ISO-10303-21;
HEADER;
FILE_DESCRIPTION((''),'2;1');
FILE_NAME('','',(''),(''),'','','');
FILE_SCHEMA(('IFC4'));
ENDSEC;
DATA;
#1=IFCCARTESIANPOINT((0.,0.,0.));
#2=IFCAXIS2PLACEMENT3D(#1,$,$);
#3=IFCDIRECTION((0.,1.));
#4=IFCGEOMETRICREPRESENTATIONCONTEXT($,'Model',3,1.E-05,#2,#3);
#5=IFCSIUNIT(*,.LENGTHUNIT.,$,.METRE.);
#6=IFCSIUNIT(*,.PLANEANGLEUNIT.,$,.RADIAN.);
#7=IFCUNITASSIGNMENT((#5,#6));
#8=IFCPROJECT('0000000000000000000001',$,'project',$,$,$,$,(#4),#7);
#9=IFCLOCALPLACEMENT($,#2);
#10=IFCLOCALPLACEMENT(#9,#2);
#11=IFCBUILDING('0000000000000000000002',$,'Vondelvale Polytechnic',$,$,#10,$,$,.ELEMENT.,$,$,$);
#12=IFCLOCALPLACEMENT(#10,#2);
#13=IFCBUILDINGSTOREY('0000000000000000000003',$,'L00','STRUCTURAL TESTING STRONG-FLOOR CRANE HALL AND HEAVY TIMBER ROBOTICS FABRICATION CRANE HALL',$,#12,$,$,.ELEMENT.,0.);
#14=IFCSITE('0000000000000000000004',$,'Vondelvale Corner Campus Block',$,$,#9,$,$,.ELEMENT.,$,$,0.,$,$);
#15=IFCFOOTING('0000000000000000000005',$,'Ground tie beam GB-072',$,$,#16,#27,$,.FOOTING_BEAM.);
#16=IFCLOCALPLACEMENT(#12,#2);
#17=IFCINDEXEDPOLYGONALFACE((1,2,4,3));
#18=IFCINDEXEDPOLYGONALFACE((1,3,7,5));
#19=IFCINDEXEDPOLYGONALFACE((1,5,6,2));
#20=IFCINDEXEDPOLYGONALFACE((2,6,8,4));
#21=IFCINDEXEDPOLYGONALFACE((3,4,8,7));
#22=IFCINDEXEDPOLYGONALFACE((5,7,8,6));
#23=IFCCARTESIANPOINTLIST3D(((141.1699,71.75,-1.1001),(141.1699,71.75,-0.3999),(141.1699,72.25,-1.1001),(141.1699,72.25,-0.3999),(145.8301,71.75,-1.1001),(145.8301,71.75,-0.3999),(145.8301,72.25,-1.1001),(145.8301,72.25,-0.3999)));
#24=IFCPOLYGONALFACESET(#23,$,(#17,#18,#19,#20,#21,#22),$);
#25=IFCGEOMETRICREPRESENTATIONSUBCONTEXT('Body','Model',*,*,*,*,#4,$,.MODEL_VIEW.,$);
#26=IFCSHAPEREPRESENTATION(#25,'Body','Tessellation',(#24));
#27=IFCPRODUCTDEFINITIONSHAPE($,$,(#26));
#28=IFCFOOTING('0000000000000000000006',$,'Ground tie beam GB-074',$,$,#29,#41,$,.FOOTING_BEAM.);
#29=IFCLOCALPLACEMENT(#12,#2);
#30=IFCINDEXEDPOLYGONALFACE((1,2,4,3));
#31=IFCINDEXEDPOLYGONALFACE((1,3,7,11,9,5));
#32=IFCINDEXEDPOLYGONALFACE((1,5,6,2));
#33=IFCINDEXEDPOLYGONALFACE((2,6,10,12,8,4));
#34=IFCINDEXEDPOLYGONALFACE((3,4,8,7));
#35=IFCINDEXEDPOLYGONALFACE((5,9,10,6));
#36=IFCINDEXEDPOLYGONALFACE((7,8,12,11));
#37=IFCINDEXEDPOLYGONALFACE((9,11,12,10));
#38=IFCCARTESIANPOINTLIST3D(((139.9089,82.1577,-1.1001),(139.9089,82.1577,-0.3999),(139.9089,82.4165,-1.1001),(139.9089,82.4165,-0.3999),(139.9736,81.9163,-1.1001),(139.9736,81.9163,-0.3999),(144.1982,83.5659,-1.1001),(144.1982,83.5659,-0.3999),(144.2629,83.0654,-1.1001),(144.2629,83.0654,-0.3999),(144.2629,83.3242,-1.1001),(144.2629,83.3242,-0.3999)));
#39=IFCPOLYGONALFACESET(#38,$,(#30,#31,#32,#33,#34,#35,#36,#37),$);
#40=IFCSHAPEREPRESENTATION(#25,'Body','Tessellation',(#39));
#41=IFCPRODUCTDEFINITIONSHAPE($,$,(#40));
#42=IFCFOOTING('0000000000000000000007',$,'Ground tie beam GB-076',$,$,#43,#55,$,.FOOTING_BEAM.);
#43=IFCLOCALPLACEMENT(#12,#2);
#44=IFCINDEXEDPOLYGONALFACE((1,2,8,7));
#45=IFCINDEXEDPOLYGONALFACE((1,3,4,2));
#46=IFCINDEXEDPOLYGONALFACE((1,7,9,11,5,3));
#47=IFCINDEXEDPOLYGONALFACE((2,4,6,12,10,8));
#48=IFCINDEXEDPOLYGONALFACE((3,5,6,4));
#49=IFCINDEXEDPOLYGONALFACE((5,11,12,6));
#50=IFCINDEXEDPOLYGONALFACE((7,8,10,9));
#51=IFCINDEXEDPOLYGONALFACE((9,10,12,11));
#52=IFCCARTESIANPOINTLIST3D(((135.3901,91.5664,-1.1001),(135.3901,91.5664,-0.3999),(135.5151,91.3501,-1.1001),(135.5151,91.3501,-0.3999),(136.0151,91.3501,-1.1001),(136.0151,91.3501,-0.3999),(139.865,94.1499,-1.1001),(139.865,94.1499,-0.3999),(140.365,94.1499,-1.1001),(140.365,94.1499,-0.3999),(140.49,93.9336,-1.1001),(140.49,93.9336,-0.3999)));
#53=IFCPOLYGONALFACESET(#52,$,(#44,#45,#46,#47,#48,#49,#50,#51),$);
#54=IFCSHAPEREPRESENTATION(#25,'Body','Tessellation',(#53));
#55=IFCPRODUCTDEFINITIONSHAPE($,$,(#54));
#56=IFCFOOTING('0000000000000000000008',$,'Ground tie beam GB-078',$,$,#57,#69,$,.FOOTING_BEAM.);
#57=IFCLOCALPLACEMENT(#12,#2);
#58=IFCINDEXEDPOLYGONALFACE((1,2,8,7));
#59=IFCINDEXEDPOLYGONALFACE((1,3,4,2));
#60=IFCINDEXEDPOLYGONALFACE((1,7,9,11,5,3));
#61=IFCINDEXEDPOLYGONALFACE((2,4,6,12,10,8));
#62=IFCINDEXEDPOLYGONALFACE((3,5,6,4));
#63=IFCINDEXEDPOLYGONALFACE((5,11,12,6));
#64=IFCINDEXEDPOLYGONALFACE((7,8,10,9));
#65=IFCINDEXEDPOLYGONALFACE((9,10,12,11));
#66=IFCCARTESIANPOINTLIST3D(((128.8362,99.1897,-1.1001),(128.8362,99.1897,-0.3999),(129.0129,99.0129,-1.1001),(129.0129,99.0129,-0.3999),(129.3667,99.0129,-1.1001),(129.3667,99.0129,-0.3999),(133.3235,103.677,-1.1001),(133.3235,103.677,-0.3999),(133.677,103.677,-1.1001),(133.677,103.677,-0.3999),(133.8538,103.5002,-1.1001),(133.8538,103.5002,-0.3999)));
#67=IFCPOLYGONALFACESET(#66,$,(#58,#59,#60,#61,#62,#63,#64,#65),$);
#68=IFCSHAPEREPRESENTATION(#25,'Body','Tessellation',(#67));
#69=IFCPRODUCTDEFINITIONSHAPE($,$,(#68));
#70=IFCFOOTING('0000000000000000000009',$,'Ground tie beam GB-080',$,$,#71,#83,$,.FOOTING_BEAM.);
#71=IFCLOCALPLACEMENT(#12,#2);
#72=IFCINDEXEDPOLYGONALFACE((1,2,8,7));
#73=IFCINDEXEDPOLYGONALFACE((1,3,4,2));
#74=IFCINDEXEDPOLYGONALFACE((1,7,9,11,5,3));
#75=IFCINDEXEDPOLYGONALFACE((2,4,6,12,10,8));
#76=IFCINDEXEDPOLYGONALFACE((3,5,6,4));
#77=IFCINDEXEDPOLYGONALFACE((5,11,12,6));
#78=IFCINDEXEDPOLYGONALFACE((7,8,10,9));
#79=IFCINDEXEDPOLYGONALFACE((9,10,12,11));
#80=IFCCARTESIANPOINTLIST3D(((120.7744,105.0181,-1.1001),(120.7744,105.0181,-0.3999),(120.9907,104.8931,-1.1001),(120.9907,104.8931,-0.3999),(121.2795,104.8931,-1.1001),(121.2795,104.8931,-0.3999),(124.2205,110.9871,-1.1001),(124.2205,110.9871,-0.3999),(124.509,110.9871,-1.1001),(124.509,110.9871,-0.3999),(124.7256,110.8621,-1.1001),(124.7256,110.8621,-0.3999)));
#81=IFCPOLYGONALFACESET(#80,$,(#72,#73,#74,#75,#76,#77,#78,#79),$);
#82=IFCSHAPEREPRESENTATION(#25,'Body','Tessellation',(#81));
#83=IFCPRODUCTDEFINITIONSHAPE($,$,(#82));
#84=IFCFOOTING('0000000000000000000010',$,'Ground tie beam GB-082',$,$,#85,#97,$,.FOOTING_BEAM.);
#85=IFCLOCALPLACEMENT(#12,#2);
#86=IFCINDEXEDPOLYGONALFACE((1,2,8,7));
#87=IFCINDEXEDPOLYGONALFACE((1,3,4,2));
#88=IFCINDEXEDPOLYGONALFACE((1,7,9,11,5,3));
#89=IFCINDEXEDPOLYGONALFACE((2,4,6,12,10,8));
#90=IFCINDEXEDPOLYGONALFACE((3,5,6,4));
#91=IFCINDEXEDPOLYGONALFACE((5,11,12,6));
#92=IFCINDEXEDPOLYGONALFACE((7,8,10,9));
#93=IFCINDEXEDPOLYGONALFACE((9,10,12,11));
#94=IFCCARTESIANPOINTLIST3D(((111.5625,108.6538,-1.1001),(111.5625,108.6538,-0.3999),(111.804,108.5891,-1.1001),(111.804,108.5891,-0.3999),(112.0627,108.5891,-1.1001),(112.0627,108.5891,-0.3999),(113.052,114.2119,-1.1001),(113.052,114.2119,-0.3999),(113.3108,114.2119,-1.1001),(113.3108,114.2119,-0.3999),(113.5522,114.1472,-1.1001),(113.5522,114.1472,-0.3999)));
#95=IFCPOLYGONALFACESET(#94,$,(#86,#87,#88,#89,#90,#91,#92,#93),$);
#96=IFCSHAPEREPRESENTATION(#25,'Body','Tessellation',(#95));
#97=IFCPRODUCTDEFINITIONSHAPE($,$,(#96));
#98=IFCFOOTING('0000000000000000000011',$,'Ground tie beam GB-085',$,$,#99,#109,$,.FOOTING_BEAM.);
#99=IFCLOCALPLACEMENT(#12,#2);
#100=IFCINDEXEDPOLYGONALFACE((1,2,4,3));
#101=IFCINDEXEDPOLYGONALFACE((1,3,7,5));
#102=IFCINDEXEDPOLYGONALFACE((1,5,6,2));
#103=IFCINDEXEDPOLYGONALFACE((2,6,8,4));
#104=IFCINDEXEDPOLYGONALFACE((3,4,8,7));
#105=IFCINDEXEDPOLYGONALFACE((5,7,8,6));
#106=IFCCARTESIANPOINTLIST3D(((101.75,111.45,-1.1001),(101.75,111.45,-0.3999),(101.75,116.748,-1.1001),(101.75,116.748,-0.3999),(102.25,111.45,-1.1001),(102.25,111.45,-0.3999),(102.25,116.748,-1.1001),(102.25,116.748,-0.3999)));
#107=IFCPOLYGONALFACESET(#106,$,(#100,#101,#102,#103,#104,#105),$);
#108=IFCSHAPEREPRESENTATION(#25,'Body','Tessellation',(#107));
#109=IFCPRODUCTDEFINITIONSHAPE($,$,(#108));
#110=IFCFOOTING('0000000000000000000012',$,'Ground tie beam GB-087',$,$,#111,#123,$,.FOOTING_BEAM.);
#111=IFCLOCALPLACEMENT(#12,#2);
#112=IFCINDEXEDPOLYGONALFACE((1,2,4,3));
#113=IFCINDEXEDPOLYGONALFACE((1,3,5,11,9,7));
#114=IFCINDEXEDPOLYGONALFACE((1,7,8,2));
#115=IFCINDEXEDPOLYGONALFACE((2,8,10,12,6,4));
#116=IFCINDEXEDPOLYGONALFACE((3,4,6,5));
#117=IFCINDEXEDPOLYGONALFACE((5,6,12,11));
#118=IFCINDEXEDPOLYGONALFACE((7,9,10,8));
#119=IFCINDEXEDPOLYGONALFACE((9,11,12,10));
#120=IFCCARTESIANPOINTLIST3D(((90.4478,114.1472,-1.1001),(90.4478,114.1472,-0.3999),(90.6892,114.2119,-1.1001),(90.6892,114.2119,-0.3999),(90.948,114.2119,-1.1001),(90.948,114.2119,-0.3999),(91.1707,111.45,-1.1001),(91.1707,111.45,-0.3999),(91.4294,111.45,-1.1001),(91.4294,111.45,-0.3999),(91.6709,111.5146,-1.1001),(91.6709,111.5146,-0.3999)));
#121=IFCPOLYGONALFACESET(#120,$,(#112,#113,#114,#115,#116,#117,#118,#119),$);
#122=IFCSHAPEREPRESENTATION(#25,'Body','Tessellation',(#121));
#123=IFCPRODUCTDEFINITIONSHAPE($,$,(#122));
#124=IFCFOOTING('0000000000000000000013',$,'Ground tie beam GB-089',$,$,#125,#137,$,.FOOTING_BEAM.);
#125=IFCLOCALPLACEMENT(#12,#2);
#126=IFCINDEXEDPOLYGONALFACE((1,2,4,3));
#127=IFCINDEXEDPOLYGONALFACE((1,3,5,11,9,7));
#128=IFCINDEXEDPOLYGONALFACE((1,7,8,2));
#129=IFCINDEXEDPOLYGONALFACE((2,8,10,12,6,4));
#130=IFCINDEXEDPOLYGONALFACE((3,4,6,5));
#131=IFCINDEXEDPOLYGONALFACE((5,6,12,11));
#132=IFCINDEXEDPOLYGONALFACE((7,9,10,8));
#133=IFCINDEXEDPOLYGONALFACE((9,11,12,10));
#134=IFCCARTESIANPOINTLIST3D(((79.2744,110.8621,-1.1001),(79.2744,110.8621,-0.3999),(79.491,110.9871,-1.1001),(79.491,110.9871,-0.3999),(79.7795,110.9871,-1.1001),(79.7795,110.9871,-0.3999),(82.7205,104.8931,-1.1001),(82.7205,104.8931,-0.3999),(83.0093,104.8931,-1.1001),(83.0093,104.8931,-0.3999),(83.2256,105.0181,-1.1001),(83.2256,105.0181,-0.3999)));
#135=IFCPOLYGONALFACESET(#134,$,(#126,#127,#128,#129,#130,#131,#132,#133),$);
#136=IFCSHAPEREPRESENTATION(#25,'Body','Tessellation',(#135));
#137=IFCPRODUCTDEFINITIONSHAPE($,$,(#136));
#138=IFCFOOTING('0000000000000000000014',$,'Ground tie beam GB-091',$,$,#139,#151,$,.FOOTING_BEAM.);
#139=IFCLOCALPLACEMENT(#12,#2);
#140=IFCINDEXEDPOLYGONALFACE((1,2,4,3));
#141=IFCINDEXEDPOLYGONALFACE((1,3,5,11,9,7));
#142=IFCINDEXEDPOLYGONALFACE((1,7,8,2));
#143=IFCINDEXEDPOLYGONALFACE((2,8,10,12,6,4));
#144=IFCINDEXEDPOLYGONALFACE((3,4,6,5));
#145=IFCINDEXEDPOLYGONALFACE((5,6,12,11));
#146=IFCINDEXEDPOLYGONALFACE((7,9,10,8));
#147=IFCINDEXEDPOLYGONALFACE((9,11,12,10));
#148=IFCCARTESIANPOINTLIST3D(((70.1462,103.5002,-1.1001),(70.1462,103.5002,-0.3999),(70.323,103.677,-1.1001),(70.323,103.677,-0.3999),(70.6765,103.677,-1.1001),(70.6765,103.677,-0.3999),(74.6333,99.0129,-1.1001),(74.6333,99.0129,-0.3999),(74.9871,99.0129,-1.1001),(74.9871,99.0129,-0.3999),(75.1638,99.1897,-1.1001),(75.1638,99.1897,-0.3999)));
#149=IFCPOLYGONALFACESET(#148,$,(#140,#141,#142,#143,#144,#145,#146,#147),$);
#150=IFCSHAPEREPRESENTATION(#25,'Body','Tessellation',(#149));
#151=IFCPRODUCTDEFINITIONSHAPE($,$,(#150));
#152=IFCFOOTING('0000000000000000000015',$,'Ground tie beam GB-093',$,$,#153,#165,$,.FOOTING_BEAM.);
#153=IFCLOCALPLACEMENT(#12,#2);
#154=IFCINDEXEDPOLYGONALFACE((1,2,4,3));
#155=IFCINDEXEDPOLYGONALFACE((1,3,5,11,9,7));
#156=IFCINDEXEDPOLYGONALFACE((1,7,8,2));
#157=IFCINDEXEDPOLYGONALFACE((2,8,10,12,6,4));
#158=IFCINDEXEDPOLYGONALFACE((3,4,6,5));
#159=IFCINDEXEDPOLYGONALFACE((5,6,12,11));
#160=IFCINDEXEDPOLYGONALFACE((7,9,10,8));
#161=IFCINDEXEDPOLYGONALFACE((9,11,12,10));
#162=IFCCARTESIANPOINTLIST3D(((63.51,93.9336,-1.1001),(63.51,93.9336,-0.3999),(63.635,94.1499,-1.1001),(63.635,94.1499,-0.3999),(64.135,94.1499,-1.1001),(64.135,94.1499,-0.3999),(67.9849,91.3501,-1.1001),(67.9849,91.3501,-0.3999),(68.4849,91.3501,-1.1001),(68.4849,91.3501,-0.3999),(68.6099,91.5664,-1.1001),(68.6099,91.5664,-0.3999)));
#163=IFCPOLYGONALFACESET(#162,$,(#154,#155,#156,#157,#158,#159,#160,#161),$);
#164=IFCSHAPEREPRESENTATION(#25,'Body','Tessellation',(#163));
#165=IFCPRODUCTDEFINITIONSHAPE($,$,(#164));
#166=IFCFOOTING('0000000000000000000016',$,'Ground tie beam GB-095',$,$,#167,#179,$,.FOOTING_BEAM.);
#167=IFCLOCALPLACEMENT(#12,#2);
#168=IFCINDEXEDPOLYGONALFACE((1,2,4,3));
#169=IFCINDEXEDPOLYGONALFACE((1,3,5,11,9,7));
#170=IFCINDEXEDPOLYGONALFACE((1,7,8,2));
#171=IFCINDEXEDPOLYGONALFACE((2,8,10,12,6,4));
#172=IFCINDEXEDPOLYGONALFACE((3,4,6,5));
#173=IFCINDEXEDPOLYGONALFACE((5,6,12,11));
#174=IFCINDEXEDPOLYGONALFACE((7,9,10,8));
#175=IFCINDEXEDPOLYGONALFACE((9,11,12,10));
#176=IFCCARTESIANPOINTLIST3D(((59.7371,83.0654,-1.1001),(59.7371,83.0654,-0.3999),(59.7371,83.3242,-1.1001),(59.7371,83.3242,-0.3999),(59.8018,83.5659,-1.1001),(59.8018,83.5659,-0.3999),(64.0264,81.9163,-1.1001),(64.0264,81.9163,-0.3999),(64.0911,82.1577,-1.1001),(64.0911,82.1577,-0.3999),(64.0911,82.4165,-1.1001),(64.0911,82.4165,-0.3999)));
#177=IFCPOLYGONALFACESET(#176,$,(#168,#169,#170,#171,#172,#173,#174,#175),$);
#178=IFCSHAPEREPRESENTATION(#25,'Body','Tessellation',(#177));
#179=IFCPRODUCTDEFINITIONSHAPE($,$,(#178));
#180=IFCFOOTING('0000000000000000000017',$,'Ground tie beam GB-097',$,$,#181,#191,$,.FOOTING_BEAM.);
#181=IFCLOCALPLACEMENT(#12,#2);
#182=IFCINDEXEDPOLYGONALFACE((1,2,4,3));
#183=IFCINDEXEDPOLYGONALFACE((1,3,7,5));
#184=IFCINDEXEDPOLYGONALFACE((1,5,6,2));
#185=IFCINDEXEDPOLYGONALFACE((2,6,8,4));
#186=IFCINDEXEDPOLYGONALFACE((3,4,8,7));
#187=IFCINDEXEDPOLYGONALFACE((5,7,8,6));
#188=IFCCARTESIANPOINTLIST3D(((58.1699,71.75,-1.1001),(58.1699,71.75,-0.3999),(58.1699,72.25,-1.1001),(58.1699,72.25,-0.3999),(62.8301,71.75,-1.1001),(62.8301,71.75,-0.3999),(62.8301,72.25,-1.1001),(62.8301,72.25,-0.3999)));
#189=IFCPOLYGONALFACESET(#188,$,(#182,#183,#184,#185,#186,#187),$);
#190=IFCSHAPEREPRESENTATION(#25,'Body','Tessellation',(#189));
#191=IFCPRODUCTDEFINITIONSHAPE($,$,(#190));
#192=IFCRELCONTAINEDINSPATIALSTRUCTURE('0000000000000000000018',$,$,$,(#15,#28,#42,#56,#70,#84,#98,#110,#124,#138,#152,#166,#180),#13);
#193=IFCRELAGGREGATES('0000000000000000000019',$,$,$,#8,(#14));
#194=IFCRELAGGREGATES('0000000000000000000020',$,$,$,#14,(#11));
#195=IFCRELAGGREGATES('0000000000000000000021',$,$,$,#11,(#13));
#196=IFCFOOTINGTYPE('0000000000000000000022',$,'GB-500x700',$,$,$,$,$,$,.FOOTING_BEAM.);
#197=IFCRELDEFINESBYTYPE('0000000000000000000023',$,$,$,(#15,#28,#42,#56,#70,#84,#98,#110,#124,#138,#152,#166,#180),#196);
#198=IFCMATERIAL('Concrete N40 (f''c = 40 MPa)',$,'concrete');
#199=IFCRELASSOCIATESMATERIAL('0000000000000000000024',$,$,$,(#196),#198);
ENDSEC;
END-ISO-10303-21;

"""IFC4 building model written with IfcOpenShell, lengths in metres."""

from ifc_helpers import new_model, si_unit, direction, frame, origin, place, context, subcontext, project, spatial, polyline, outline, extrude, material, type_object, element, save


model = new_model("IFC4")

# Units and contexts
model_context = context("Model", 3, precision=1e-05, world=origin(), true_north=direction((0.0, 1.0)))
body_context = subcontext(model_context, "Body", "Model", "MODEL_VIEW")
ifc_project = project(units=[si_unit("LENGTHUNIT", "METRE"), si_unit("PLANEANGLEUNIT", "RADIAN")], contexts=[model_context])

# Site, building, storey
site_placement = place(None, origin())
site = spatial("IfcSite", under=ifc_project, at=site_placement, Name="Vondelvale Corner Campus Block", CompositionType="ELEMENT", RefElevation=0.0)
building_placement = place(site_placement, origin())
building = spatial("IfcBuilding", under=site, at=building_placement, Name="Vondelvale Polytechnic", CompositionType="ELEMENT")
storey_placement = place(building_placement, origin())
storey = spatial("IfcBuildingStorey", under=building, at=storey_placement, Name="L00", Description="STRUCTURAL TESTING STRONG-FLOOR CRANE HALL AND HEAVY TIMBER ROBOTICS FABRICATION CRANE HALL", CompositionType="ELEMENT", Elevation=0.0)

# Footings
ifc_material = material(Name="Concrete N40 (f'c = 40 MPa)", Category="concrete")
footing_type = type_object("IfcFootingType", Name="GB-500x700", PredefinedType="FOOTING_BEAM", material=ifc_material)
footing_1_placement = place(storey_placement, frame((0.0, 0.0, -1.1001)))
element("IfcFooting", 1, at=footing_1_placement, inside=storey, type_object=footing_type, Name="Ground tie beam GB-072", PredefinedType="FOOTING_BEAM", context=body_context, shape_type="SweptSolid", body=[
    extrude(outline(polyline([(141.1699, 71.75), (141.1699, 72.25), (145.8301, 72.25), (145.8301, 71.75), (141.1699, 71.75)])), origin(), (0.0, 0.0, 1.0), 0.7002),
])
footing_2_placement = place(storey_placement, frame((0.0, 0.0, -1.1001)))
element("IfcFooting", 2, at=footing_2_placement, inside=storey, type_object=footing_type, Name="Ground tie beam GB-074", PredefinedType="FOOTING_BEAM", context=body_context, shape_type="SweptSolid", body=[
    extrude(outline(polyline([(139.9736, 81.9163), (139.9089, 82.1577), (139.9089, 82.4165), (144.1982, 83.5659), (144.2629, 83.3242), (144.2629, 83.0654), (139.9736, 81.9163)])), origin(), (0.0, 0.0, 1.0), 0.7002),
])
footing_3_placement = place(storey_placement, frame((0.0, 0.0, -1.1001)))
element("IfcFooting", 3, at=footing_3_placement, inside=storey, type_object=footing_type, Name="Ground tie beam GB-076", PredefinedType="FOOTING_BEAM", context=body_context, shape_type="SweptSolid", body=[
    extrude(outline(polyline([(140.49, 93.9336), (136.0151, 91.3501), (135.5151, 91.3501), (135.3901, 91.5664), (139.865, 94.1499), (140.365, 94.1499), (140.49, 93.9336)])), origin(), (0.0, 0.0, 1.0), 0.7002),
])
footing_4_placement = place(storey_placement, frame((0.0, 0.0, -1.1001)))
element("IfcFooting", 4, at=footing_4_placement, inside=storey, type_object=footing_type, Name="Ground tie beam GB-078", PredefinedType="FOOTING_BEAM", context=body_context, shape_type="SweptSolid", body=[
    extrude(outline(polyline([(133.8538, 103.5002), (129.3667, 99.0129), (129.0129, 99.0129), (128.8362, 99.1897), (133.3235, 103.677), (133.677, 103.677), (133.8538, 103.5002)])), origin(), (0.0, 0.0, 1.0), 0.7002),
])
footing_5_placement = place(storey_placement, frame((0.0, 0.0, -1.1001)))
element("IfcFooting", 5, at=footing_5_placement, inside=storey, type_object=footing_type, Name="Ground tie beam GB-080", PredefinedType="FOOTING_BEAM", context=body_context, shape_type="SweptSolid", body=[
    extrude(outline(polyline([(124.7256, 110.8621), (121.2795, 104.8931), (120.9907, 104.8931), (120.7744, 105.0181), (124.2205, 110.9871), (124.509, 110.9871), (124.7256, 110.8621)])), origin(), (0.0, 0.0, 1.0), 0.7002),
])
footing_6_placement = place(storey_placement, frame((0.0, 0.0, -1.1001)))
element("IfcFooting", 6, at=footing_6_placement, inside=storey, type_object=footing_type, Name="Ground tie beam GB-082", PredefinedType="FOOTING_BEAM", context=body_context, shape_type="SweptSolid", body=[
    extrude(outline(polyline([(113.5522, 114.1472), (112.0627, 108.5891), (111.804, 108.5891), (111.5625, 108.6538), (113.052, 114.2119), (113.3108, 114.2119), (113.5522, 114.1472)])), origin(), (0.0, 0.0, 1.0), 0.7002),
])
footing_7_placement = place(storey_placement, frame((0.0, 0.0, -1.1001)))
element("IfcFooting", 7, at=footing_7_placement, inside=storey, type_object=footing_type, Name="Ground tie beam GB-085", PredefinedType="FOOTING_BEAM", context=body_context, shape_type="SweptSolid", body=[
    extrude(outline(polyline([(102.25, 111.45), (101.75, 111.45), (101.75, 116.748), (102.25, 116.748), (102.25, 111.45)])), origin(), (0.0, 0.0, 1.0), 0.7002),
])
footing_8_placement = place(storey_placement, frame((0.0, 0.0, -1.1001)))
element("IfcFooting", 8, at=footing_8_placement, inside=storey, type_object=footing_type, Name="Ground tie beam GB-087", PredefinedType="FOOTING_BEAM", context=body_context, shape_type="SweptSolid", body=[
    extrude(outline(polyline([(91.6709, 111.5146), (91.4294, 111.45), (91.1707, 111.45), (90.4478, 114.1472), (90.6892, 114.2119), (90.948, 114.2119), (91.6709, 111.5146)])), origin(), (0.0, 0.0, 1.0), 0.7002),
])
footing_9_placement = place(storey_placement, frame((0.0, 0.0, -1.1001)))
element("IfcFooting", 9, at=footing_9_placement, inside=storey, type_object=footing_type, Name="Ground tie beam GB-089", PredefinedType="FOOTING_BEAM", context=body_context, shape_type="SweptSolid", body=[
    extrude(outline(polyline([(83.2256, 105.0181), (83.0093, 104.8931), (82.7205, 104.8931), (79.2744, 110.8621), (79.491, 110.9871), (79.7795, 110.9871), (83.2256, 105.0181)])), origin(), (0.0, 0.0, 1.0), 0.7002),
])
footing_10_placement = place(storey_placement, frame((0.0, 0.0, -1.1001)))
element("IfcFooting", 10, at=footing_10_placement, inside=storey, type_object=footing_type, Name="Ground tie beam GB-091", PredefinedType="FOOTING_BEAM", context=body_context, shape_type="SweptSolid", body=[
    extrude(outline(polyline([(75.1638, 99.1897), (74.9871, 99.0129), (74.6333, 99.0129), (70.1462, 103.5002), (70.323, 103.677), (70.6765, 103.677), (75.1638, 99.1897)])), origin(), (0.0, 0.0, 1.0), 0.7002),
])
footing_11_placement = place(storey_placement, frame((0.0, 0.0, -1.1001)))
element("IfcFooting", 11, at=footing_11_placement, inside=storey, type_object=footing_type, Name="Ground tie beam GB-093", PredefinedType="FOOTING_BEAM", context=body_context, shape_type="SweptSolid", body=[
    extrude(outline(polyline([(68.6099, 91.5664), (68.4849, 91.3501), (67.9849, 91.3501), (63.51, 93.9336), (63.635, 94.1499), (64.135, 94.1499), (68.6099, 91.5664)])), origin(), (0.0, 0.0, 1.0), 0.7002),
])
footing_12_placement = place(storey_placement, frame((0.0, 0.0, -1.1001)))
element("IfcFooting", 12, at=footing_12_placement, inside=storey, type_object=footing_type, Name="Ground tie beam GB-095", PredefinedType="FOOTING_BEAM", context=body_context, shape_type="SweptSolid", body=[
    extrude(outline(polyline([(59.8018, 83.5659), (64.0911, 82.4165), (64.0911, 82.1577), (64.0264, 81.9163), (59.7371, 83.0654), (59.7371, 83.3242), (59.8018, 83.5659)])), origin(), (0.0, 0.0, 1.0), 0.7002),
])
footing_13_placement = place(storey_placement, frame((0.0, 0.0, -1.1001)))
element("IfcFooting", 13, at=footing_13_placement, inside=storey, type_object=footing_type, Name="Ground tie beam GB-097", PredefinedType="FOOTING_BEAM", context=body_context, shape_type="SweptSolid", body=[
    extrude(outline(polyline([(62.8301, 72.25), (62.8301, 71.75), (58.1699, 71.75), (58.1699, 72.25), (62.8301, 72.25)])), origin(), (0.0, 0.0, 1.0), 0.7002),
])

save(model, "model.ifc")
